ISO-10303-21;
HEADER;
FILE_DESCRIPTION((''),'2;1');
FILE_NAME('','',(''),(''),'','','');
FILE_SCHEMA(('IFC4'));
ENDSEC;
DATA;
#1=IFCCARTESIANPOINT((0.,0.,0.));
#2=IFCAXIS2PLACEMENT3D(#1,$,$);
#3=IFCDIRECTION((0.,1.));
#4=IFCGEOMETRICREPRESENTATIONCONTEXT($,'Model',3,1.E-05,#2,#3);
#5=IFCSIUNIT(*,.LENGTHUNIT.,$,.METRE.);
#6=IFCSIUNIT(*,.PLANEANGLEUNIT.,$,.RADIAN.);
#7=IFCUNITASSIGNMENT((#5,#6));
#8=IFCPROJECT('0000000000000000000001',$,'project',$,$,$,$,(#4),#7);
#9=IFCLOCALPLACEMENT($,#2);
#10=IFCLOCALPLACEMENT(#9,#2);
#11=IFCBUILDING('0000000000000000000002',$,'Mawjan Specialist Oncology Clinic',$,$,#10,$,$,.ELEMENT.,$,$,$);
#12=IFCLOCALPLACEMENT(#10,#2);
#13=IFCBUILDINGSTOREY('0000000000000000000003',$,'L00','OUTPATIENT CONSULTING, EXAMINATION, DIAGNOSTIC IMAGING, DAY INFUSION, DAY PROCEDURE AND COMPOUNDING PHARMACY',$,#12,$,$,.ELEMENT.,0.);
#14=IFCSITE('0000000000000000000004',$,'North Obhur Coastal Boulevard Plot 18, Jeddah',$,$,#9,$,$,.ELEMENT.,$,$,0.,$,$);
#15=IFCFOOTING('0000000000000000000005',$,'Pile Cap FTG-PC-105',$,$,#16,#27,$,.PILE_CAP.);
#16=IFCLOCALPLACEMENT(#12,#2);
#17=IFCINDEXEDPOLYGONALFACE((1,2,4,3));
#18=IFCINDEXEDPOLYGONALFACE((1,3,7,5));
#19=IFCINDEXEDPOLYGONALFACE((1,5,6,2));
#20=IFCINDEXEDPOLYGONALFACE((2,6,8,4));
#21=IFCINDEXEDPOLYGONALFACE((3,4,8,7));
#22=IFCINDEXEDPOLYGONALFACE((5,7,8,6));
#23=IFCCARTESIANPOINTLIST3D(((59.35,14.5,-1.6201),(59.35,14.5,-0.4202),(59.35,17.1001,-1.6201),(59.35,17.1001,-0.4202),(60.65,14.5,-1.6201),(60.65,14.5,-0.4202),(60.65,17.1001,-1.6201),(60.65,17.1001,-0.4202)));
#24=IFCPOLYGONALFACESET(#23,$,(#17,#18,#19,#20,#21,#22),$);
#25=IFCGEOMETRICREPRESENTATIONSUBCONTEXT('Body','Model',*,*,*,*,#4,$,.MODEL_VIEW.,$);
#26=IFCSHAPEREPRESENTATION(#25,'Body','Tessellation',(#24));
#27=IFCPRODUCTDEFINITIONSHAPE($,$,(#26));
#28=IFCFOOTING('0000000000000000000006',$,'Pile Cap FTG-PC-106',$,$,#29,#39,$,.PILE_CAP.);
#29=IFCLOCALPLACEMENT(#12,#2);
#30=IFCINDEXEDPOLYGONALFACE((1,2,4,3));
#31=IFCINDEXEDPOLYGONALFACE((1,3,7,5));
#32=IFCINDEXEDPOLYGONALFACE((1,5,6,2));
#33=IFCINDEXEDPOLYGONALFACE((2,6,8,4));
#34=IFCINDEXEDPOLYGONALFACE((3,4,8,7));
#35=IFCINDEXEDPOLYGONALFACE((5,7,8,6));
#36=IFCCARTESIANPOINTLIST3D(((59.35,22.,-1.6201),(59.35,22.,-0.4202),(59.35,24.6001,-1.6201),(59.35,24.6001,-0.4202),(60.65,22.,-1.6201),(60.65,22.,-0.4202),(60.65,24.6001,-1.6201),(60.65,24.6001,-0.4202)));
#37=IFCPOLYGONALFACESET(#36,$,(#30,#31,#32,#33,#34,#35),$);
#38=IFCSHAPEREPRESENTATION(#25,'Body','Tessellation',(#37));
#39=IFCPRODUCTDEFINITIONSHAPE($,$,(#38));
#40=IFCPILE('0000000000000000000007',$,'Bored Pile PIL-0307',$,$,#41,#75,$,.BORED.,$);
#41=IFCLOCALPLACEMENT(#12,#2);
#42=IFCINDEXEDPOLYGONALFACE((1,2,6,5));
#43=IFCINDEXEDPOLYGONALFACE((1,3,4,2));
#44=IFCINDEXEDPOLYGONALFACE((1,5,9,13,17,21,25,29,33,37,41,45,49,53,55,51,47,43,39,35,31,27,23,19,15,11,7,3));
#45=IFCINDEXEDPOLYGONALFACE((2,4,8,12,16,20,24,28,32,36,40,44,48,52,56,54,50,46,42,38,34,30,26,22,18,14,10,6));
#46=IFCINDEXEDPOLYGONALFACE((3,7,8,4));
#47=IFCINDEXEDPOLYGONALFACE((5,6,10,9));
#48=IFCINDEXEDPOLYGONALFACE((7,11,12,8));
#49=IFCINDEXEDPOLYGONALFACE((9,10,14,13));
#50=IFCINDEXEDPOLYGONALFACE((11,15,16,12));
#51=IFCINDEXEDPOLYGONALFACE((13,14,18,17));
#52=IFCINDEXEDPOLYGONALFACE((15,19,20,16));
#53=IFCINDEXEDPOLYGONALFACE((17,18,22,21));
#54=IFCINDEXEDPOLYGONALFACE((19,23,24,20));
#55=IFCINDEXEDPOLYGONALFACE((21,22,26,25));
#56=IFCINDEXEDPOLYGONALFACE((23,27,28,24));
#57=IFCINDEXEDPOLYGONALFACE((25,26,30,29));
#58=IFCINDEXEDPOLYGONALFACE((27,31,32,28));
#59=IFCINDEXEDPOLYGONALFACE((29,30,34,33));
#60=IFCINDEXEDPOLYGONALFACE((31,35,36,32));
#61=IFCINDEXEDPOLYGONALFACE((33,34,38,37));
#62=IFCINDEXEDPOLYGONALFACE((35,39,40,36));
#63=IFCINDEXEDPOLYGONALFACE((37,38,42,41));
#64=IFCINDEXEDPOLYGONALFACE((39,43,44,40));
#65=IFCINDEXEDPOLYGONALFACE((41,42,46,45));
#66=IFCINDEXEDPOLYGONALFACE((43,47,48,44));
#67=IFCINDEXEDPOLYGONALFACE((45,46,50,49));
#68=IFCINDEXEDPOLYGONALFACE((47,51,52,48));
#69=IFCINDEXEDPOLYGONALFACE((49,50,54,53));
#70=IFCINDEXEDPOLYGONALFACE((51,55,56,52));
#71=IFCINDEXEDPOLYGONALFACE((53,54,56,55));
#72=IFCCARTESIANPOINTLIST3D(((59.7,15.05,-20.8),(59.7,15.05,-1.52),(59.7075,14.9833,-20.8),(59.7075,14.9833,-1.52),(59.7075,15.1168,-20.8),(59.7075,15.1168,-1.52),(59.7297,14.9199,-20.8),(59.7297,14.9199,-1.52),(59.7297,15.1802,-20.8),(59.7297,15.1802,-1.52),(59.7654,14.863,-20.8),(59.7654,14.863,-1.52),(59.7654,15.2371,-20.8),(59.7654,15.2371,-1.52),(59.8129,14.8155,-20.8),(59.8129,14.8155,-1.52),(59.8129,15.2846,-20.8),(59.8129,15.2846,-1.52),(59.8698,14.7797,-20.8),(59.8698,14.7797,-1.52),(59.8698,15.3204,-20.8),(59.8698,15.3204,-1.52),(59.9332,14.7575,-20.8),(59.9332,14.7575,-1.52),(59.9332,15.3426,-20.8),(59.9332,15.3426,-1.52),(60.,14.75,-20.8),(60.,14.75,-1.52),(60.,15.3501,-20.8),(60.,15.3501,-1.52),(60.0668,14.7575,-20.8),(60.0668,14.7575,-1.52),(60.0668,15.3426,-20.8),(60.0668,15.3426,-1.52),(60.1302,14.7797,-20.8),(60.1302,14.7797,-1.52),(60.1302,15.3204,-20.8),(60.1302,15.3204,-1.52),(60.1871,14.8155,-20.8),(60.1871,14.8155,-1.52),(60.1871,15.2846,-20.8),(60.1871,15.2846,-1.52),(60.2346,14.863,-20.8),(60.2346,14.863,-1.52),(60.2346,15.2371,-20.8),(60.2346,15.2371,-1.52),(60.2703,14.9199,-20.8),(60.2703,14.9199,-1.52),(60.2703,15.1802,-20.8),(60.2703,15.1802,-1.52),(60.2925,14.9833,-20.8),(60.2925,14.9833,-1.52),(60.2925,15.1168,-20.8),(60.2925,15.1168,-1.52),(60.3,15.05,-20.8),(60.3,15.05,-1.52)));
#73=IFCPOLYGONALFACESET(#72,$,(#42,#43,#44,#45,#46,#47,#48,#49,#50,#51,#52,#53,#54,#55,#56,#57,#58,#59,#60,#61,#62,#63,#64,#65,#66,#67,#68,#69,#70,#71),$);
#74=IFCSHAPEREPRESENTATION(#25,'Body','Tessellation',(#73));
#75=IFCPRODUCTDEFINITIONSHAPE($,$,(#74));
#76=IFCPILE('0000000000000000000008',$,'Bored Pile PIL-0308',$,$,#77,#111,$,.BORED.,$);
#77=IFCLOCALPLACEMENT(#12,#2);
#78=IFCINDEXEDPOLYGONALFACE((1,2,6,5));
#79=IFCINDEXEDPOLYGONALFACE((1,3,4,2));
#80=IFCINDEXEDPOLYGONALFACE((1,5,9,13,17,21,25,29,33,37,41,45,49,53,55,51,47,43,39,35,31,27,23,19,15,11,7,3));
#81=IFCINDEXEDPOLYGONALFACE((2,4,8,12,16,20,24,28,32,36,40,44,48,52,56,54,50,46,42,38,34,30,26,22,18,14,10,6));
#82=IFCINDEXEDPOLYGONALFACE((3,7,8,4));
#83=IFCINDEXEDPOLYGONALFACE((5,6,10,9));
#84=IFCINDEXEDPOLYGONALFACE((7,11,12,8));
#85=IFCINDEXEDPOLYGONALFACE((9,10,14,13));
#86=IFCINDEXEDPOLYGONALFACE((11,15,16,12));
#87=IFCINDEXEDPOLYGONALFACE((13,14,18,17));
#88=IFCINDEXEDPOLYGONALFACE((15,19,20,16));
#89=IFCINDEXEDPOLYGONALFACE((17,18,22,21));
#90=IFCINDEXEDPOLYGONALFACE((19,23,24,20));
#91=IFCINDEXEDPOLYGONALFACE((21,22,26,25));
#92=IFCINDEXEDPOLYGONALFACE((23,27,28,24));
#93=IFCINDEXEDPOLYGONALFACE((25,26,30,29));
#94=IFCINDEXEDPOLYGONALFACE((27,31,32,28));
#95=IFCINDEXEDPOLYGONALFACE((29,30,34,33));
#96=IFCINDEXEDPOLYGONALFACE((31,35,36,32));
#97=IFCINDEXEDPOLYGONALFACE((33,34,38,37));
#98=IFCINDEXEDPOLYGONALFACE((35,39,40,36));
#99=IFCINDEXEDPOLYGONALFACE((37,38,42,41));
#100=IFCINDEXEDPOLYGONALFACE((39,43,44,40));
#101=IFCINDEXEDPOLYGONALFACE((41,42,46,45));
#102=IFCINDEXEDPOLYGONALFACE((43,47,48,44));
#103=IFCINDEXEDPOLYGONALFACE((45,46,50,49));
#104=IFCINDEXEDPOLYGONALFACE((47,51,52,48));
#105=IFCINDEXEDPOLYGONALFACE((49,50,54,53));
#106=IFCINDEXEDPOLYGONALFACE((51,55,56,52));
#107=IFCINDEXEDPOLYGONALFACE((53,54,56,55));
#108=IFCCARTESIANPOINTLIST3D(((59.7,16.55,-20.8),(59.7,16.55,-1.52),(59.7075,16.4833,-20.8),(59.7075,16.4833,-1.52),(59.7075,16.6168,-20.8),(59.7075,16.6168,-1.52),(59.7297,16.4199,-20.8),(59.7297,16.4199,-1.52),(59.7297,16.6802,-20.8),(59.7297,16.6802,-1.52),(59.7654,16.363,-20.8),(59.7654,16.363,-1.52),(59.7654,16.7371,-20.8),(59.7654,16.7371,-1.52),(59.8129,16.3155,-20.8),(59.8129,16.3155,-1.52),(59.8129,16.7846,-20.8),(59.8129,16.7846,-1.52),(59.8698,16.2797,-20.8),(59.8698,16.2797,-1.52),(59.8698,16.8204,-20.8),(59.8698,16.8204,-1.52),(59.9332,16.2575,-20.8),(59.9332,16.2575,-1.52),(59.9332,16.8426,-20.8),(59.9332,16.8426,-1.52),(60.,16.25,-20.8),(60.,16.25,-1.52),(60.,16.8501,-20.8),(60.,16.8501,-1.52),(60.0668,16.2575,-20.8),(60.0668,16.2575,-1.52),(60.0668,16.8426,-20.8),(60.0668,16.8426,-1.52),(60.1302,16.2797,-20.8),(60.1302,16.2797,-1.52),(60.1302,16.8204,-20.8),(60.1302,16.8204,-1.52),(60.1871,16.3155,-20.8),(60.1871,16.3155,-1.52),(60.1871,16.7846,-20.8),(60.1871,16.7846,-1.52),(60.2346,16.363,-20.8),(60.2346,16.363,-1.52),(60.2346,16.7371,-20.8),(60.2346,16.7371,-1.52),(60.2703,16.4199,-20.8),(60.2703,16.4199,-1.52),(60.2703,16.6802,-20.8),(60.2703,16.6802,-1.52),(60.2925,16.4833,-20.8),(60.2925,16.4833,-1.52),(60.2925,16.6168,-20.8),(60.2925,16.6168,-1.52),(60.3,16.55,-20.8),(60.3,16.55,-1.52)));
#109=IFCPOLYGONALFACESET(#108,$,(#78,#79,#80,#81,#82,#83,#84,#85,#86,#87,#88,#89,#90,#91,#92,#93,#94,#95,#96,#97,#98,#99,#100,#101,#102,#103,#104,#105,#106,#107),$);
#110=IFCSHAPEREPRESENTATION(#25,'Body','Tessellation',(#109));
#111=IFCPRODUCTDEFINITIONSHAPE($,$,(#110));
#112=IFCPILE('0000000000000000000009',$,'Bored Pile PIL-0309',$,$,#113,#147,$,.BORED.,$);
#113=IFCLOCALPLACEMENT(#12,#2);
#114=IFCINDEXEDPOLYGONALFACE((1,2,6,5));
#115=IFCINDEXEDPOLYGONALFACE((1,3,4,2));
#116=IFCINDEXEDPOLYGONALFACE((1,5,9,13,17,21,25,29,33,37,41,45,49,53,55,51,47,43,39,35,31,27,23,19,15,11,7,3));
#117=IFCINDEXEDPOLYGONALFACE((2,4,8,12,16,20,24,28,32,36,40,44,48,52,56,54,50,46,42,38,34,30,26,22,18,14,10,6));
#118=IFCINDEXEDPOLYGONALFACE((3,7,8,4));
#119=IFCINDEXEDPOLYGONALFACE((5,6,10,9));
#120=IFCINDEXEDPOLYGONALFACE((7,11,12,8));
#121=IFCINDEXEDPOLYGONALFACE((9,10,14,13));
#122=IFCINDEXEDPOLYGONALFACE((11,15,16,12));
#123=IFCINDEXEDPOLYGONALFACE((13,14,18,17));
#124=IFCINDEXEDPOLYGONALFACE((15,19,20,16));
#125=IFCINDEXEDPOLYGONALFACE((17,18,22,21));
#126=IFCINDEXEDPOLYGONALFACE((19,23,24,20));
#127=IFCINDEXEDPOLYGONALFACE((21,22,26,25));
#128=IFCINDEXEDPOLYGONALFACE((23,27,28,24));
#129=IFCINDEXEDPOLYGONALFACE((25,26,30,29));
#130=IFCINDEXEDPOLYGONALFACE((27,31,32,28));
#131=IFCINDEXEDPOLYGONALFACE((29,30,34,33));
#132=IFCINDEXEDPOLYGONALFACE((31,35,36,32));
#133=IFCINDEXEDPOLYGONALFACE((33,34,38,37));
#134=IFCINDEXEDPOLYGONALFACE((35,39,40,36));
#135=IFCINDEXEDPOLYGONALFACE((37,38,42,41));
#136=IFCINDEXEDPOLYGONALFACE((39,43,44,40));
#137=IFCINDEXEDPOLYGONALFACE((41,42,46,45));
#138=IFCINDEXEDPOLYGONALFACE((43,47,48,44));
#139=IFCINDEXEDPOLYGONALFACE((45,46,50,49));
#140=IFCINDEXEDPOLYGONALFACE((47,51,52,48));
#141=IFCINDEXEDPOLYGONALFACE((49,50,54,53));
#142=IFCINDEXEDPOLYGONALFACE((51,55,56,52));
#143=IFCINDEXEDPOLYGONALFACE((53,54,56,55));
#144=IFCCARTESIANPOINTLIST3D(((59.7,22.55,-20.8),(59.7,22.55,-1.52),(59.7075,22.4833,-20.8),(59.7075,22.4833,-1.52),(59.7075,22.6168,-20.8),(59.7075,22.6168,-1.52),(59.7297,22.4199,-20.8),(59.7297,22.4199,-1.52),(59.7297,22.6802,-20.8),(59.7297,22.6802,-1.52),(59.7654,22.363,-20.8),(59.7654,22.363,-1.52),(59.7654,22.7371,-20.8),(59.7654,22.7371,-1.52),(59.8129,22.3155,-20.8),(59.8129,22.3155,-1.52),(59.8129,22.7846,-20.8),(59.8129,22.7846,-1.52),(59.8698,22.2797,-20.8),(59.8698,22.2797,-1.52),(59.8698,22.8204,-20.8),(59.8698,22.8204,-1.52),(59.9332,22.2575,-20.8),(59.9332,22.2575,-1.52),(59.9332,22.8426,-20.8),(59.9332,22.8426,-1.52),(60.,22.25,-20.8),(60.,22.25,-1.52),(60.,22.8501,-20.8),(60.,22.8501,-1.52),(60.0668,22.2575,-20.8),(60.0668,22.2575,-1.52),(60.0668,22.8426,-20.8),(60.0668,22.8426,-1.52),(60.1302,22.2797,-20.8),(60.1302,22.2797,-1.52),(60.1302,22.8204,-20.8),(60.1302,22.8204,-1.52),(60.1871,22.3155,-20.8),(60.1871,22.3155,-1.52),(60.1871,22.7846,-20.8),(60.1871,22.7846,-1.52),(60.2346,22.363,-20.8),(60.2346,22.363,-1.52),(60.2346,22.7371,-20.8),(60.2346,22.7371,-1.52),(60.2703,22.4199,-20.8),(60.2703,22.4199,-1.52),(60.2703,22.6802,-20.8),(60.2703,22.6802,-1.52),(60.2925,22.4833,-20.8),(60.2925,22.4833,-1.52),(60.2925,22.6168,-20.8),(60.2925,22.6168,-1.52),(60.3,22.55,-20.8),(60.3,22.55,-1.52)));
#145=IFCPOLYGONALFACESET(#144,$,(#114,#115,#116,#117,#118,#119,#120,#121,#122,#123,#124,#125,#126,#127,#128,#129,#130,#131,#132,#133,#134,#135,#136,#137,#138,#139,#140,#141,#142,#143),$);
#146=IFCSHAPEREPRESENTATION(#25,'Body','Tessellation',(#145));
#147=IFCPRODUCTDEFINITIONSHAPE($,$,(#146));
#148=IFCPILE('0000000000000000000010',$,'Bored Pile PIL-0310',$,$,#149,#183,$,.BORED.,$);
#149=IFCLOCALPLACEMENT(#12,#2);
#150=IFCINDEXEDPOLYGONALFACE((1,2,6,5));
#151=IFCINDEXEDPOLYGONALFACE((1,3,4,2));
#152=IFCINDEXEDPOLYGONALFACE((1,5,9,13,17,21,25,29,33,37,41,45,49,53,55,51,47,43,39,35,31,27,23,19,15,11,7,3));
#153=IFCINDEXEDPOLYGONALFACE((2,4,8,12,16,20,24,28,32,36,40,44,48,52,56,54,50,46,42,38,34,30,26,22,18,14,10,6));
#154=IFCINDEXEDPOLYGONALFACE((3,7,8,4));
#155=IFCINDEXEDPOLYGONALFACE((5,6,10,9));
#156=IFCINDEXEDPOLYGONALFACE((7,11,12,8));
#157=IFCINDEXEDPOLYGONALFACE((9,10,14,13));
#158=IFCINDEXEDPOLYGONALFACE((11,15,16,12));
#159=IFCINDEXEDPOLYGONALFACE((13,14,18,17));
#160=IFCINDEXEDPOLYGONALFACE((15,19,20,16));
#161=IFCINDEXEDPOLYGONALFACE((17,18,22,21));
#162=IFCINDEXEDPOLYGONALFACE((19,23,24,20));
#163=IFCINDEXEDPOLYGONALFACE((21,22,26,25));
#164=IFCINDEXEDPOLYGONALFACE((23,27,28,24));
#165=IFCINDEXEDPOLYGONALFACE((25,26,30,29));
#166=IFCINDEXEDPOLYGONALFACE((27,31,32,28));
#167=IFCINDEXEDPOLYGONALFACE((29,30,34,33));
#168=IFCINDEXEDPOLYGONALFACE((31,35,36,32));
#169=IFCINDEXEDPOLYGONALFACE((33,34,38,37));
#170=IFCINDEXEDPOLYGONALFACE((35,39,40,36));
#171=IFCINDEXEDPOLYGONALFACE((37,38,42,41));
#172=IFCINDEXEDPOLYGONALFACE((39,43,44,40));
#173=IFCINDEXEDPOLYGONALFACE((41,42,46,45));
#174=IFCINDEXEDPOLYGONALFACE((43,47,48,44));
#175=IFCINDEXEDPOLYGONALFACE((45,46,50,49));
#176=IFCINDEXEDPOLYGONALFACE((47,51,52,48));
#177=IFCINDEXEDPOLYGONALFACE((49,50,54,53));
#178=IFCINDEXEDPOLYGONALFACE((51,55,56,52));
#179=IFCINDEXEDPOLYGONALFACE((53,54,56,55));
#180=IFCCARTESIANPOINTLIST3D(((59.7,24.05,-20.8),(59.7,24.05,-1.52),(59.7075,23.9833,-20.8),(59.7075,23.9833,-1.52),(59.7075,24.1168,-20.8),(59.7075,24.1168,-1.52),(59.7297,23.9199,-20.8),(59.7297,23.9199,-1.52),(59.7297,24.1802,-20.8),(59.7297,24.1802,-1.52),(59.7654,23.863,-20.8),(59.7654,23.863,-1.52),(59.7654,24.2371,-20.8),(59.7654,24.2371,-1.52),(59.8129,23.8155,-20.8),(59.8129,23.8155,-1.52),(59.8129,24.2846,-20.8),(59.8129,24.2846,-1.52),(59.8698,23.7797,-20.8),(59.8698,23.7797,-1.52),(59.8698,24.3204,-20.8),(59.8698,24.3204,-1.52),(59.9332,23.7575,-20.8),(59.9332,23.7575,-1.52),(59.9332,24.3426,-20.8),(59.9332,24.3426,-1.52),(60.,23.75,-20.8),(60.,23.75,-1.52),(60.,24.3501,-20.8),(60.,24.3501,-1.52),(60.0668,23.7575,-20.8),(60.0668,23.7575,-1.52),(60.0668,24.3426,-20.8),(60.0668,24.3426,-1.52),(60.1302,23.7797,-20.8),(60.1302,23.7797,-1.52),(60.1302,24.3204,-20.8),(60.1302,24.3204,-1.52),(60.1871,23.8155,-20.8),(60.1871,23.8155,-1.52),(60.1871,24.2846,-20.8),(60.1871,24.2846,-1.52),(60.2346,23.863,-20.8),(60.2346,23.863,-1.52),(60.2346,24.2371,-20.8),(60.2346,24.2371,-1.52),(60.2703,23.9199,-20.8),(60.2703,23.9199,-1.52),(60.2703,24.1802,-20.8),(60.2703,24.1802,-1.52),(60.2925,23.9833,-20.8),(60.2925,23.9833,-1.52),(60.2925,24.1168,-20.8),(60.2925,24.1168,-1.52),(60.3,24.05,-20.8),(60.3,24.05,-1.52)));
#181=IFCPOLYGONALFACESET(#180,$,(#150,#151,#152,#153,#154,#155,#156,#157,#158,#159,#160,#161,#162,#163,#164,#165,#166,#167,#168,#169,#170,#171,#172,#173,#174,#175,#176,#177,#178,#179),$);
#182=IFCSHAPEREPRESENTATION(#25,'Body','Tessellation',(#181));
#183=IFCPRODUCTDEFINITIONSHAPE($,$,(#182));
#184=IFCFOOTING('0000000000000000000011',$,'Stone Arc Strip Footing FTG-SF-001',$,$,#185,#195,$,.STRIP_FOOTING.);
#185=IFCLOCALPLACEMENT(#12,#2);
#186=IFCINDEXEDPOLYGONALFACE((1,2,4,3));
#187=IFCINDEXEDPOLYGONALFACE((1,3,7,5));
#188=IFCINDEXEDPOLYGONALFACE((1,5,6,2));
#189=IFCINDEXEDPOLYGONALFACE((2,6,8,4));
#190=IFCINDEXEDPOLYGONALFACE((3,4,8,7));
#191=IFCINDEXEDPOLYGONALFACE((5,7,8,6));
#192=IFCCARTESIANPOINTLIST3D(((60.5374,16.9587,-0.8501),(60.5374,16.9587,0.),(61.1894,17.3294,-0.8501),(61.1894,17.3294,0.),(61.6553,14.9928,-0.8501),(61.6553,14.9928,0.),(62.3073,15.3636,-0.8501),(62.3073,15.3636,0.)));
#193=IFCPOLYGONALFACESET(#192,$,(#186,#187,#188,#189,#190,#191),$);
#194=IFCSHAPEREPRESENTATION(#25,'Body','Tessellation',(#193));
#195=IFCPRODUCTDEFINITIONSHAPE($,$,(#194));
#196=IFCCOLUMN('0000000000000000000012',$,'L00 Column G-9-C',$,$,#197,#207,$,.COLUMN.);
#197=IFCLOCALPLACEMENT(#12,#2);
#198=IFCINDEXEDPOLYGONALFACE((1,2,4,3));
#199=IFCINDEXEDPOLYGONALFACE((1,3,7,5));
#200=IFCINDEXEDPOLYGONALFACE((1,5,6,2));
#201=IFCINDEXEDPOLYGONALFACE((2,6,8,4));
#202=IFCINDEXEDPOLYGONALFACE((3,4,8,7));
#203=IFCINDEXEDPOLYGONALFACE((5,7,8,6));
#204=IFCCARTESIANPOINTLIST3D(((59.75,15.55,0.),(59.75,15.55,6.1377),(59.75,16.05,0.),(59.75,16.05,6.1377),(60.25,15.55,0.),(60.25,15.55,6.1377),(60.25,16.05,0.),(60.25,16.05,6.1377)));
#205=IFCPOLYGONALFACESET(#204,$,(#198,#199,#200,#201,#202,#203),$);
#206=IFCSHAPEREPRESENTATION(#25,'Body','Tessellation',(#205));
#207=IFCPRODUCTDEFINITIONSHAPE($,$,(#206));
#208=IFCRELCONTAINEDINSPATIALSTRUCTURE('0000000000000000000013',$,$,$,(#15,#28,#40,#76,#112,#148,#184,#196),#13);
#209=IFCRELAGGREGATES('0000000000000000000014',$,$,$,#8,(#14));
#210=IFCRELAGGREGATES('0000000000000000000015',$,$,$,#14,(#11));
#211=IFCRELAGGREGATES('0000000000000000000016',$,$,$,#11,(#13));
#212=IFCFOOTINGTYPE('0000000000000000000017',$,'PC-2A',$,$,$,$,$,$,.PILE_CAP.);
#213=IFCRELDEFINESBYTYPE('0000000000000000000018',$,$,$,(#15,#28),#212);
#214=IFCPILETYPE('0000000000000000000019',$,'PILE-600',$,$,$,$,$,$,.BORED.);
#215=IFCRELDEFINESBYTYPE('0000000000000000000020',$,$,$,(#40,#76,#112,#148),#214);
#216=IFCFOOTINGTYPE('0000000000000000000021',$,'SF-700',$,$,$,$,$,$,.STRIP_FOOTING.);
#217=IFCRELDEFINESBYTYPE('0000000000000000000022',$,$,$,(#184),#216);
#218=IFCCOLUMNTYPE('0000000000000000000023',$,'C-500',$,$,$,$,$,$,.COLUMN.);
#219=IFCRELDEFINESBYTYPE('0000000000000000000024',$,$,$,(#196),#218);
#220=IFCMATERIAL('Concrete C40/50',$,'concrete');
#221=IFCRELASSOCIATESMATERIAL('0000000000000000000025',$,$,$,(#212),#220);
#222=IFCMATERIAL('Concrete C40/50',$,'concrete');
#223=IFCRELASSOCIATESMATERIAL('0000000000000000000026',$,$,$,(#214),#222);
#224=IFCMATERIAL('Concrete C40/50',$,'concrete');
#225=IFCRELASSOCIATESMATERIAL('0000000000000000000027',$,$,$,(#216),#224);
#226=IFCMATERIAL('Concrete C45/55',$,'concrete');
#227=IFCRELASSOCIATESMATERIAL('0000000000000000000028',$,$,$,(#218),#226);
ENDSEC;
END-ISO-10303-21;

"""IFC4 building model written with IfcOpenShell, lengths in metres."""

from ifc_helpers import new_model, si_unit, direction, frame, origin, origin_2d, place, context, subcontext, project, spatial, rectangle, circle, extrude, material, material_profile, profile_set, type_object, element, save


model = new_model("IFC4")

# Units and contexts
model_context = context("Model", 3, precision=1e-05, world=origin(), true_north=direction((0.0, 1.0)))
body_context = subcontext(model_context, "Body", "Model", "MODEL_VIEW")
ifc_project = project(units=[si_unit("LENGTHUNIT", "METRE"), si_unit("PLANEANGLEUNIT", "RADIAN")], contexts=[model_context])

# Site, building, storey
site_placement = place(None, origin())
site = spatial("IfcSite", under=ifc_project, at=site_placement, Name="North Obhur Coastal Boulevard Plot 18, Jeddah", CompositionType="ELEMENT", RefElevation=0.0)
building_placement = place(site_placement, origin())
building = spatial("IfcBuilding", under=site, at=building_placement, Name="Mawjan Specialist Oncology Clinic", CompositionType="ELEMENT")
storey_placement = place(building_placement, origin())
storey = spatial("IfcBuildingStorey", under=building, at=storey_placement, Name="L00", Description="OUTPATIENT CONSULTING, EXAMINATION, DIAGNOSTIC IMAGING, DAY INFUSION, DAY PROCEDURE AND COMPOUNDING PHARMACY", CompositionType="ELEMENT", Elevation=0.0)

# Footings
ifc_material_1 = material(Name="Concrete C40/50", Category="concrete")
footing_type_1 = type_object("IfcFootingType", Name="PC-2A", PredefinedType="PILE_CAP", material=ifc_material_1)
for number, where, z_axis, x_axis, name in (
    (1, (60.0, 15.8, -1.6201), (0.0, 0.0, 1.0), (0.0, 1.0, 0.0), "Pile Cap FTG-PC-105"),
    (2, (60.0, 23.3, -1.6201), (0.0, 0.0, 1.0), (0.0, 1.0, 0.0), "Pile Cap FTG-PC-106"),
):
    element("IfcFooting", number, at=place(storey_placement, frame(where, z_axis=z_axis, x_axis=x_axis)), inside=storey, type_object=footing_type_1, Name=name, PredefinedType="PILE_CAP", context=body_context, shape_type="SweptSolid", body=[
        extrude(rectangle(XDim=2.6001, YDim=1.3, at=origin_2d()), origin(), (0.0, 0.0, 1.0), 1.2),
    ])

# Piles
ifc_material_2 = material(Name="Concrete C40/50", Category="concrete")
ifc_material_profile_1 = material_profile(ifc_material_2, circle(Radius=0.3, at=origin_2d()), Name="BORED PILE D600", Category="concrete")
ifc_profile_set_1 = profile_set([ifc_material_profile_1], Name="Concrete C40/50")
pile_type = type_object("IfcPileType", Name="PILE-600", PredefinedType="BORED", material=ifc_profile_set_1)
for number, where, z_axis, x_axis, name in (
    (3, (60.0, 15.05, -1.52), (0.0, 0.0, -1.0), (1.0, 0.0, 0.0), "Bored Pile PIL-0307"),
    (4, (60.0, 16.55, -1.52), (0.0, 0.0, -1.0), (1.0, 0.0, 0.0), "Bored Pile PIL-0308"),
    (5, (60.0, 22.55, -1.52), (0.0, 0.0, -1.0), (1.0, 0.0, 0.0), "Bored Pile PIL-0309"),
    (6, (60.0, 24.05, -1.52), (0.0, 0.0, -1.0), (1.0, 0.0, 0.0), "Bored Pile PIL-0310"),
):
    element("IfcPile", number, at=place(storey_placement, frame(where, z_axis=z_axis, x_axis=x_axis)), inside=storey, type_object=pile_type, Name=name, PredefinedType="BORED", context=body_context, shape_type="SweptSolid", body=[
        extrude(circle(Radius=0.3, at=origin_2d()), origin(), (0.0, 0.0, 1.0), 19.28),
    ])

# Footing
ifc_material_3 = material(Name="Concrete C40/50", Category="concrete")
footing_type_2 = type_object("IfcFootingType", Name="SF-700", PredefinedType="STRIP_FOOTING", material=ifc_material_3)
footing_placement = place(storey_placement, frame((61.4224, 16.1611, -0.8501), z_axis=(0.0, 0.0, 1.0), x_axis=(-0.494321, 0.869279, 0.0)))
element("IfcFooting", 7, at=footing_placement, inside=storey, type_object=footing_type_2, Name="Stone Arc Strip Footing FTG-SF-001", PredefinedType="STRIP_FOOTING", context=body_context, shape_type="SweptSolid", body=[
    extrude(rectangle(XDim=2.2615, YDim=0.75, at=origin_2d()), origin(), (0.0, 0.0, 1.0), 0.8501),
])

# Column
ifc_material_4 = material(Name="Concrete C45/55", Category="concrete")
ifc_material_profile_2 = material_profile(ifc_material_4, rectangle(XDim=0.5, YDim=0.5, at=origin_2d()), Name="RC COL 500x500", Category="concrete")
ifc_profile_set_2 = profile_set([ifc_material_profile_2], Name="Concrete C45/55")
column_type = type_object("IfcColumnType", Name="C-500", PredefinedType="COLUMN", material=ifc_profile_set_2)
for number, where, z_axis, x_axis, name in (
    (8, (60.0, 15.8, 0.0), (0.0, 0.0, 1.0), (1.0, 0.0, 0.0), "L00 Column G-9-C"),
):
    element("IfcColumn", number, at=place(storey_placement, frame(where, z_axis=z_axis, x_axis=x_axis)), inside=storey, type_object=column_type, Name=name, PredefinedType="COLUMN", context=body_context, shape_type="SweptSolid", body=[
        extrude(rectangle(XDim=0.5, YDim=0.5, at=origin_2d()), origin(), (0.0, 0.0, 1.0), 6.1377),
    ])

save(model, "model.ifc")
